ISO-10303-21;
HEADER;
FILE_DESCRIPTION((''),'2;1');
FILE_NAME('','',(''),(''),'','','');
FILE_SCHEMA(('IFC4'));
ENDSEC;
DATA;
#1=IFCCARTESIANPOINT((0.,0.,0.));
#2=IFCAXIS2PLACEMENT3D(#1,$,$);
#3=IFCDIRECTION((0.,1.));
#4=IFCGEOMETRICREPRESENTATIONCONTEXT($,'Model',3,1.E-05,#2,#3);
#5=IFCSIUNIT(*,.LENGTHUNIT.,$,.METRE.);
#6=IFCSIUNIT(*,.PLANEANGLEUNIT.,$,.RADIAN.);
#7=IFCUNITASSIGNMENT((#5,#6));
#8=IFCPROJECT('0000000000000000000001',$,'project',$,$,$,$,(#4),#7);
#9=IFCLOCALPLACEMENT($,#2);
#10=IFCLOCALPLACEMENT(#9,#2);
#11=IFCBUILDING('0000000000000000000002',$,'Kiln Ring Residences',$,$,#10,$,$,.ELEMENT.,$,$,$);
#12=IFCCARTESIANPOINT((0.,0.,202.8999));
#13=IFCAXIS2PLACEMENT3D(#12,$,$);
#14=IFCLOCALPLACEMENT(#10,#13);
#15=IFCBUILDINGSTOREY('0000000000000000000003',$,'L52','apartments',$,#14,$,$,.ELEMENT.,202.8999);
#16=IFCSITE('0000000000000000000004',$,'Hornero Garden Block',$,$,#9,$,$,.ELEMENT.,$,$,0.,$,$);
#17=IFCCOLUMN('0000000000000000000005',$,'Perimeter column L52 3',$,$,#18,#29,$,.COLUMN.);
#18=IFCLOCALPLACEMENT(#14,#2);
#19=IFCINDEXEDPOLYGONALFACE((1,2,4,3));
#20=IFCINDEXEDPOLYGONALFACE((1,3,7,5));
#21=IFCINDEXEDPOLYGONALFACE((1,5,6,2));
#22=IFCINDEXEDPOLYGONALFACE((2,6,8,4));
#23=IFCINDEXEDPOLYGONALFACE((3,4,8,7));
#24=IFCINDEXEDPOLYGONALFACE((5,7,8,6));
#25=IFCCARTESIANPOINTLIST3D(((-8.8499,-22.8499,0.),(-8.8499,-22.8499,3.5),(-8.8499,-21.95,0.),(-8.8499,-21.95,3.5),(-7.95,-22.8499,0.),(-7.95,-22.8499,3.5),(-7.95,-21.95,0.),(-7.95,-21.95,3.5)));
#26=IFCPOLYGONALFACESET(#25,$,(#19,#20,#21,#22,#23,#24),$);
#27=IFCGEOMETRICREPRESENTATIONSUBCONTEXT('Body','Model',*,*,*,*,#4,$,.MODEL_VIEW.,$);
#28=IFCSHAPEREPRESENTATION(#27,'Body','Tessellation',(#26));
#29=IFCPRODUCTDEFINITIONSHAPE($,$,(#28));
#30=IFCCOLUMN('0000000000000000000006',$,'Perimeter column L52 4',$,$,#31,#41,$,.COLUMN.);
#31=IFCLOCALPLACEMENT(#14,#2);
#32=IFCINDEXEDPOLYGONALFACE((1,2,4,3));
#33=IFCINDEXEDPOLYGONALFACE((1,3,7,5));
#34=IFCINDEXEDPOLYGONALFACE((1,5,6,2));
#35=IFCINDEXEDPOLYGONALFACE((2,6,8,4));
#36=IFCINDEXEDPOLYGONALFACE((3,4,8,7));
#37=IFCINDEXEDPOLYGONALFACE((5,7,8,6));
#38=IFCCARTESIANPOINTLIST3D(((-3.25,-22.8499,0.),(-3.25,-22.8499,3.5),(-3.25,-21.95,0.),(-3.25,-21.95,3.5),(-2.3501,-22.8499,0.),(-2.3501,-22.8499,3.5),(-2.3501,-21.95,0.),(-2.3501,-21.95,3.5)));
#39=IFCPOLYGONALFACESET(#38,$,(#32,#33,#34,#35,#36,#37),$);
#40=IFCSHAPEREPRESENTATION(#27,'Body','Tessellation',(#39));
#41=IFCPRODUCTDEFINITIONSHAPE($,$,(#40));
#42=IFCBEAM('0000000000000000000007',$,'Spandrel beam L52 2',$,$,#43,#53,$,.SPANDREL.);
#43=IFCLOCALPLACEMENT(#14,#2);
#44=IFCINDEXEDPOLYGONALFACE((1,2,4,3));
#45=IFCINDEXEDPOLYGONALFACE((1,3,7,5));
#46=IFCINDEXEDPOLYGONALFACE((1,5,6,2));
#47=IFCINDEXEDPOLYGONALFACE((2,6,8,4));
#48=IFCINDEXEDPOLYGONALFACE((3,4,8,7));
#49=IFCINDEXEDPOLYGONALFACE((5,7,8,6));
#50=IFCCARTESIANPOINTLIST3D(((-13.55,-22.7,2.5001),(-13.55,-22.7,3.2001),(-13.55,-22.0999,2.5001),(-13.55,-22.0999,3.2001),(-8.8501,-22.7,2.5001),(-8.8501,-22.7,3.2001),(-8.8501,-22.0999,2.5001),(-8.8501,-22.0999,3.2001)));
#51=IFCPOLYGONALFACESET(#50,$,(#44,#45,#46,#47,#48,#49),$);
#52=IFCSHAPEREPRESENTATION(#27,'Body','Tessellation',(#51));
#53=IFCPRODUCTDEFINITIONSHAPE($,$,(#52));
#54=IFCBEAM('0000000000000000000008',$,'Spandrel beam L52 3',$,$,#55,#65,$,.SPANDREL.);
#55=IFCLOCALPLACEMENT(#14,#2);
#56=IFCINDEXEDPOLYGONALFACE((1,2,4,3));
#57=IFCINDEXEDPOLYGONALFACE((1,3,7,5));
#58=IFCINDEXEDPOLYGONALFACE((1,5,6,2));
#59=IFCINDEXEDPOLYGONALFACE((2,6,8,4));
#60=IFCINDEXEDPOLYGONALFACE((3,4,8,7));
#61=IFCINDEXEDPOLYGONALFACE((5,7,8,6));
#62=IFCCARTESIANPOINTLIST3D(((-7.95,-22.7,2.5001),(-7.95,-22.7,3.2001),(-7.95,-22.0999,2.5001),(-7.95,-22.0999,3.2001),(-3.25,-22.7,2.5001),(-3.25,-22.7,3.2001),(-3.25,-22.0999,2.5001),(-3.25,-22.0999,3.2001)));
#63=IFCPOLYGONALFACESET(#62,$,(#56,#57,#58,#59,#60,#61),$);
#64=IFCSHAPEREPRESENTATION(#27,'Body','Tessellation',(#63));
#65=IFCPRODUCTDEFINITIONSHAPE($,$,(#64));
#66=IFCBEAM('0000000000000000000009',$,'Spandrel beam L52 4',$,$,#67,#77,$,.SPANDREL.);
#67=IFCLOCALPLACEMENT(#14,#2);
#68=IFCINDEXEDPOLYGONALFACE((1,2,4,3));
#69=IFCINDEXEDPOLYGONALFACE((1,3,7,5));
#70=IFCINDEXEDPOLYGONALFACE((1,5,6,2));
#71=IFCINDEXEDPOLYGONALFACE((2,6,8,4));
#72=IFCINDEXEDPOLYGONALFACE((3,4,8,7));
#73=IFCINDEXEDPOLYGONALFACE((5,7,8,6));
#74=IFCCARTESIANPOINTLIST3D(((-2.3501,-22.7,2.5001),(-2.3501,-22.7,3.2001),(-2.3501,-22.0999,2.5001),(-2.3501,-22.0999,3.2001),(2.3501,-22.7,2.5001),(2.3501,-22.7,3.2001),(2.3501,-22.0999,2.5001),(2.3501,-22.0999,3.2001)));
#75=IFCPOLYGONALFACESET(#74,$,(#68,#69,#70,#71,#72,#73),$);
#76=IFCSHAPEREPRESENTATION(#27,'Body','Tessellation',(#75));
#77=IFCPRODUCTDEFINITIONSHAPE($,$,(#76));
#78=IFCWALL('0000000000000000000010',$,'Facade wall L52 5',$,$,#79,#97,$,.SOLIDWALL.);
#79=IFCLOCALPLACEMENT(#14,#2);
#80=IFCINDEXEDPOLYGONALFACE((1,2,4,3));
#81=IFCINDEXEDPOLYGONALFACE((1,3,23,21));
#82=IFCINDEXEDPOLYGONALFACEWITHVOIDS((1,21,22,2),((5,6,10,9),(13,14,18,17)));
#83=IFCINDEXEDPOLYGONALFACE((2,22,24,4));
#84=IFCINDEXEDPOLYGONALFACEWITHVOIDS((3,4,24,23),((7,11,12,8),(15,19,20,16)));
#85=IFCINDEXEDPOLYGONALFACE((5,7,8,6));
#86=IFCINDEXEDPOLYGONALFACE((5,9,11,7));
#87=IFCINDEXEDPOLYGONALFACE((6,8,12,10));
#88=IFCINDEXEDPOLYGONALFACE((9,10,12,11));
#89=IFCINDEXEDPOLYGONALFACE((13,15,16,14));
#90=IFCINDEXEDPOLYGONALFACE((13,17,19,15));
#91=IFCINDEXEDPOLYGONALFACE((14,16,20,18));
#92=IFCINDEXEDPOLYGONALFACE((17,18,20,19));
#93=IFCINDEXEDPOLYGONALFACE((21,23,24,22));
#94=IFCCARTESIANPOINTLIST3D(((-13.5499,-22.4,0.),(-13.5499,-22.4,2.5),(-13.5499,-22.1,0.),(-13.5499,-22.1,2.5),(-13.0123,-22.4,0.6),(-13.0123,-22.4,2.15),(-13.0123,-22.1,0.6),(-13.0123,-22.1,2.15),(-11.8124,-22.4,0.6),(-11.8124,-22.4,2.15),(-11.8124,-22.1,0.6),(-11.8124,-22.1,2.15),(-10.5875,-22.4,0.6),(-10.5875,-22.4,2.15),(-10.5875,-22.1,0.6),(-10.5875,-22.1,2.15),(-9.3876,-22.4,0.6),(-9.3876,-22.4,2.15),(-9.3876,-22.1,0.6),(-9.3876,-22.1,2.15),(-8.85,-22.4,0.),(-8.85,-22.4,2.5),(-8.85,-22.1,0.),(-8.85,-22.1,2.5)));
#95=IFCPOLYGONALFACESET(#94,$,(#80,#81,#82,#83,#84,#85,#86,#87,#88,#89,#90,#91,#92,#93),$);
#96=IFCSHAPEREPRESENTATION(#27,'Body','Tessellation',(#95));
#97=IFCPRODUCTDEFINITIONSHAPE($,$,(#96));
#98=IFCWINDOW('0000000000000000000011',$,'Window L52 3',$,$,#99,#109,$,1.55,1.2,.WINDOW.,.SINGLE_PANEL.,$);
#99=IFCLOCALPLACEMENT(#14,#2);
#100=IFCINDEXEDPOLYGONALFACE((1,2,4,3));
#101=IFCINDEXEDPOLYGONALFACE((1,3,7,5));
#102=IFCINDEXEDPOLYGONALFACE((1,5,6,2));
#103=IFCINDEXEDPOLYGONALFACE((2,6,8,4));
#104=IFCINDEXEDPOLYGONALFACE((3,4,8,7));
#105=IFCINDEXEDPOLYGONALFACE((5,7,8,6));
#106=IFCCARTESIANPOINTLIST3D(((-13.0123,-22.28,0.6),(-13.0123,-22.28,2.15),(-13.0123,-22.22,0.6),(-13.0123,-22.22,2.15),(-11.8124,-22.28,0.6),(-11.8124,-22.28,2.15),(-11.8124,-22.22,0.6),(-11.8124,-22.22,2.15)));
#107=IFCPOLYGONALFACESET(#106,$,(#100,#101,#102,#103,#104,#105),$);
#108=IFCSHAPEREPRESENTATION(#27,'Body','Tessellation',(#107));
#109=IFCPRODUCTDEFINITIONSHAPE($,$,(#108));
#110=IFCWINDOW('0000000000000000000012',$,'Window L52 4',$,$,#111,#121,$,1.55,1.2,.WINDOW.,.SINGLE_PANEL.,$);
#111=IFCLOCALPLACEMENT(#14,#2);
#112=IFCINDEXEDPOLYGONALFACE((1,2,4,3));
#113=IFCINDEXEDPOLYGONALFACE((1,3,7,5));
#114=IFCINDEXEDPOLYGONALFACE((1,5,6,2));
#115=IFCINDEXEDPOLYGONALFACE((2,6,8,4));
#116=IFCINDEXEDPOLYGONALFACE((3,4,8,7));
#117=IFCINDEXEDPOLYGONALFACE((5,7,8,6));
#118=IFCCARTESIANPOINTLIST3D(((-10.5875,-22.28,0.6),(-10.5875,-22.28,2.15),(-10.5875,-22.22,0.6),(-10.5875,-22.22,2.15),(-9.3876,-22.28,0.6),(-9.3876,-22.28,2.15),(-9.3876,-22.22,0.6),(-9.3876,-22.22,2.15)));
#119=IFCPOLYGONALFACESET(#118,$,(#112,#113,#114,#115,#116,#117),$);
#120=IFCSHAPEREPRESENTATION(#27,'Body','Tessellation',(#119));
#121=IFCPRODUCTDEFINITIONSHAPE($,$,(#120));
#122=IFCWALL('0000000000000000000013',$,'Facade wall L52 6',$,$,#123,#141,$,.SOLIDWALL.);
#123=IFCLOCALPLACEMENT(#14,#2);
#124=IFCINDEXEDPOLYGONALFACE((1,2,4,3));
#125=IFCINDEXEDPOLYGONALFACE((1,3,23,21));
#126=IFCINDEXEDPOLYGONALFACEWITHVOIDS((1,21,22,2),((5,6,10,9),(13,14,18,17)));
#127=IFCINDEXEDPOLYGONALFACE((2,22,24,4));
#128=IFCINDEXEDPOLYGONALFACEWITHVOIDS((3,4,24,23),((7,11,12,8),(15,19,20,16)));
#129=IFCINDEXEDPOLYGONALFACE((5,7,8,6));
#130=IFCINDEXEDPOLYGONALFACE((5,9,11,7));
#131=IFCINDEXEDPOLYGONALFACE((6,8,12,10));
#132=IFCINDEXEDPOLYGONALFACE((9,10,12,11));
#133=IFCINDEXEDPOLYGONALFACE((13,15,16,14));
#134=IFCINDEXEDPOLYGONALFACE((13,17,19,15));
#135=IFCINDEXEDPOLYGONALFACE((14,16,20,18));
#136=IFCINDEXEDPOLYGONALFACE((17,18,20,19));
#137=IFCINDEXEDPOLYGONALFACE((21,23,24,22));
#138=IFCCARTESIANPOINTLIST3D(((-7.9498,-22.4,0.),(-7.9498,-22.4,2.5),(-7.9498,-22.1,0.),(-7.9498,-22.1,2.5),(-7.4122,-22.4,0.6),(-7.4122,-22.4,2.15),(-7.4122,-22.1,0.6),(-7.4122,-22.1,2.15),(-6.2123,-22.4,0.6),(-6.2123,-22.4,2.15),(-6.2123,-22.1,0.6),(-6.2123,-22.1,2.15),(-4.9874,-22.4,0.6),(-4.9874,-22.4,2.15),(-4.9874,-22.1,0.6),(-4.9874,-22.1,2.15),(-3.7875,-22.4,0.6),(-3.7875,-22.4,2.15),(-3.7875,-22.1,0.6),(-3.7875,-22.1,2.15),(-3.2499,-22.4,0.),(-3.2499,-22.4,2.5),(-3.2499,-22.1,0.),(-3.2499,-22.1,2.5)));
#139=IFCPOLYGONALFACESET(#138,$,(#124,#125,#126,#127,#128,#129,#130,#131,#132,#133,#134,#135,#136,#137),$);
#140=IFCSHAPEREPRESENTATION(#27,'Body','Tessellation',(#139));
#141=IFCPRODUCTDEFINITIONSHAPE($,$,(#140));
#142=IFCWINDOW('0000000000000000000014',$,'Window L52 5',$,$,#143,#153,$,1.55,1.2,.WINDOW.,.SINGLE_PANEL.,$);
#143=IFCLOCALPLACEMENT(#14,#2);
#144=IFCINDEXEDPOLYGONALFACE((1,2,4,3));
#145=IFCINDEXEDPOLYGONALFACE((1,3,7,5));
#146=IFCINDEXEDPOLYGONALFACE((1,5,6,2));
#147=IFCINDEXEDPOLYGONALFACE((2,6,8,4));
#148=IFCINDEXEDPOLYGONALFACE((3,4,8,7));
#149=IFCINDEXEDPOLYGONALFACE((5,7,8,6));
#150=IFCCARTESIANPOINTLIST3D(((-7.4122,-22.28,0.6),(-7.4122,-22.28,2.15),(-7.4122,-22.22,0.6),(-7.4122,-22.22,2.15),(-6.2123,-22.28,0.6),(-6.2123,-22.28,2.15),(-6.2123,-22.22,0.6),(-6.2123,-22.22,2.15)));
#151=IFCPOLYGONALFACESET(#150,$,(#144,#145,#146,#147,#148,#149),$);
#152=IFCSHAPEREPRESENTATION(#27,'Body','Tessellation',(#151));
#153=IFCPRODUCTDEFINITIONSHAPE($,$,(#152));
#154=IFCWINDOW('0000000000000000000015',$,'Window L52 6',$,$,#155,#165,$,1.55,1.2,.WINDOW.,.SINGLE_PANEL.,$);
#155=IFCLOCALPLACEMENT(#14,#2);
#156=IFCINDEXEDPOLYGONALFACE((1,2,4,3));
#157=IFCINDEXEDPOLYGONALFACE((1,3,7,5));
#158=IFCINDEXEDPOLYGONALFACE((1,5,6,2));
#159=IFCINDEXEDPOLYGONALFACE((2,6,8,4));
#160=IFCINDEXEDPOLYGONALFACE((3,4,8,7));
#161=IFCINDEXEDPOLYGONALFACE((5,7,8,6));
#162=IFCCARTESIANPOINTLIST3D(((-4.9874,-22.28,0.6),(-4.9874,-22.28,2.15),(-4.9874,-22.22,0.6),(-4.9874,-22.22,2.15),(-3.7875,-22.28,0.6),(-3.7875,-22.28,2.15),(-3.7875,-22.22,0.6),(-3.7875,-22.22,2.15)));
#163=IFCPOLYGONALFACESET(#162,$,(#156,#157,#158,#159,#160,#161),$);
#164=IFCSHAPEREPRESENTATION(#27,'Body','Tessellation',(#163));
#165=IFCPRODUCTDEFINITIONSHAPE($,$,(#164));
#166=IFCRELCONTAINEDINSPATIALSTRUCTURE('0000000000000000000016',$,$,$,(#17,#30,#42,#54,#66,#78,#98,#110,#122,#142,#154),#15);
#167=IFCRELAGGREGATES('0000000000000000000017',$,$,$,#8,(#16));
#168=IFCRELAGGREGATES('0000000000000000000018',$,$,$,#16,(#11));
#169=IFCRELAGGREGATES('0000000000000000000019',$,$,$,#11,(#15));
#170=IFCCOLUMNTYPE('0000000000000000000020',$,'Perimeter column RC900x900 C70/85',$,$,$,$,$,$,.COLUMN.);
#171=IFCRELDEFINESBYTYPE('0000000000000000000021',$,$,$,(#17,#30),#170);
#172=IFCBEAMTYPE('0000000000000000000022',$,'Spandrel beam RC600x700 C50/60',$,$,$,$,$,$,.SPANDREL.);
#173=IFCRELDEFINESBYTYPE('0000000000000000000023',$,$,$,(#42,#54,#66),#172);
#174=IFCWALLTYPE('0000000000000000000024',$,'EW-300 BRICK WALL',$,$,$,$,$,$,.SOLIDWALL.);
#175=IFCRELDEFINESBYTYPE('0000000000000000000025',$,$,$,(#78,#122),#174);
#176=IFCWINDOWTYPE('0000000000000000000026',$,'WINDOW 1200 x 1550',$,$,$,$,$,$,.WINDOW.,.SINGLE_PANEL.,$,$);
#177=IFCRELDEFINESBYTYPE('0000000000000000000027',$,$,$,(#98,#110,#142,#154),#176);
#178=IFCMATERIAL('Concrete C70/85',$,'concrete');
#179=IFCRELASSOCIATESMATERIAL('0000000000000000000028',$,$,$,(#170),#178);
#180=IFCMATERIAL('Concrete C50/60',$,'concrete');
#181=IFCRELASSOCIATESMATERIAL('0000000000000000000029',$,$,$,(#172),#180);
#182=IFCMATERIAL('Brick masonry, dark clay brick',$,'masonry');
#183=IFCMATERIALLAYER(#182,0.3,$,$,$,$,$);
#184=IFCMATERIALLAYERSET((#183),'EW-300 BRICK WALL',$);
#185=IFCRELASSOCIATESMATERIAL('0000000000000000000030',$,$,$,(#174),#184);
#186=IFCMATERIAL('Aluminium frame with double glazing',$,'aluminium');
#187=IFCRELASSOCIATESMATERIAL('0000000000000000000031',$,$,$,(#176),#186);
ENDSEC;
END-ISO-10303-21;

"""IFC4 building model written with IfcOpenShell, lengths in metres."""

from ifc_helpers import new_model, si_unit, direction, frame, frame_2d, origin, origin_2d, place, context, subcontext, project, spatial, rectangle, extrude, material, layer, layer_set, material_profile, profile_set, type_object, element, fill, save


model = new_model("IFC4")

# Units and contexts
model_context = context("Model", 3, precision=1e-05, world=origin(), true_north=direction((0.0, 1.0)))
body_context = subcontext(model_context, "Body", "Model", "MODEL_VIEW")
ifc_project = project(units=[si_unit("LENGTHUNIT", "METRE"), si_unit("PLANEANGLEUNIT", "RADIAN")], contexts=[model_context])

# Site, building, storey
site_placement = place(None, origin())
site = spatial("IfcSite", under=ifc_project, at=site_placement, Name="Hornero Garden Block", CompositionType="ELEMENT", RefElevation=0.0)
building_placement = place(site_placement, origin())
building = spatial("IfcBuilding", under=site, at=building_placement, Name="Kiln Ring Residences", CompositionType="ELEMENT")
storey_placement = place(building_placement, frame((0.0, 0.0, 202.8999)))
storey = spatial("IfcBuildingStorey", under=building, at=storey_placement, Name="L52", Description="apartments", CompositionType="ELEMENT", Elevation=202.8999)

# Columns
ifc_material_1 = material(Name="Concrete C70/85", Category="concrete")
ifc_material_profile_1 = material_profile(ifc_material_1, rectangle(XDim=0.8999, YDim=0.8999, at=origin_2d()), Name="RC900x900")
ifc_profile_set_1 = profile_set([ifc_material_profile_1], Name="Concrete C70/85")
column_type = type_object("IfcColumnType", Name="Perimeter column RC900x900 C70/85", PredefinedType="COLUMN", material=ifc_profile_set_1)
for number, where, z_axis, x_axis, name in (
    (1, (-8.3999, -22.3999, 0.0), (0.0, 0.0, 1.0), (1.0, 0.0, 0.0), "Perimeter column L52 3"),
    (2, (-2.8, -22.3999, 0.0), (0.0, 0.0, 1.0), (1.0, 0.0, 0.0), "Perimeter column L52 4"),
):
    element("IfcColumn", number, at=place(storey_placement, frame(where, z_axis=z_axis, x_axis=x_axis)), inside=storey, type_object=column_type, Name=name, PredefinedType="COLUMN", context=body_context, shape_type="SweptSolid", body=[
        extrude(rectangle(XDim=0.8999, YDim=0.8999, at=origin_2d()), origin(), (0.0, 0.0, 1.0), 3.5),
    ])

# Beams
ifc_material_2 = material(Name="Concrete C50/60", Category="concrete")
ifc_material_profile_2 = material_profile(ifc_material_2, rectangle(XDim=0.6001, YDim=0.7, at=origin_2d()), Name="RC600x700")
ifc_profile_set_2 = profile_set([ifc_material_profile_2], Name="Concrete C50/60")
beam_type = type_object("IfcBeamType", Name="Spandrel beam RC600x700 C50/60", PredefinedType="SPANDREL", material=ifc_profile_set_2)
for number, where, z_axis, x_axis, name in (
    (3, (-13.55, -22.3999, 2.8501), (1.0, 0.0, 0.0), (0.0, 1.0, 0.0), "Spandrel beam L52 2"),
    (4, (-7.95, -22.3999, 2.8501), (1.0, 0.0, 0.0), (0.0, 1.0, 0.0), "Spandrel beam L52 3"),
):
    element("IfcBeam", number, at=place(storey_placement, frame(where, z_axis=z_axis, x_axis=x_axis)), inside=storey, type_object=beam_type, Name=name, PredefinedType="SPANDREL", context=body_context, shape_type="SweptSolid", body=[
        extrude(rectangle(XDim=0.6001, YDim=0.7, at=origin_2d()), origin(), (0.0, 0.0, 1.0), 4.7),
    ])
beam_placement = place(storey_placement, frame((-2.3501, -22.3999, 2.8501), z_axis=(1.0, 0.0, 0.0), x_axis=(0.0, 1.0, 0.0)))
element("IfcBeam", 5, at=beam_placement, inside=storey, type_object=beam_type, Name="Spandrel beam L52 4", PredefinedType="SPANDREL", context=body_context, shape_type="SweptSolid", body=[
    extrude(rectangle(XDim=0.6001, YDim=0.7, at=origin_2d()), origin(), (0.0, 0.0, 1.0), 4.7002),
])

# Walls, openings, windows
ifc_material_3 = material(Name="Brick masonry, dark clay brick", Category="masonry")
ifc_layer_1 = layer(ifc_material_3, 0.3)
ifc_layer_set_1 = layer_set([ifc_layer_1], Name="EW-300 BRICK WALL")
wall_type_1 = type_object("IfcWallType", Name="EW-300 BRICK WALL", PredefinedType="SOLIDWALL", material=ifc_layer_set_1)
wall_1_placement = place(storey_placement, frame((-13.55, -22.25, 0.0), z_axis=(0.0, 0.0, 1.0), x_axis=(1.0, 0.0, 0.0)))
wall_1 = element("IfcWall", 6, at=wall_1_placement, inside=storey, type_object=wall_type_1, Name="Facade wall L52 5", PredefinedType="SOLIDWALL", context=body_context, shape_type="SweptSolid", body=[
    extrude(rectangle(XDim=4.7, YDim=0.3, at=frame_2d((2.3501, 0.0))), origin(), (0.0, 0.0, 1.0), 2.5),
])
opening_1_placement = place(wall_1_placement, frame((0.5376, 0.0, 0.6001)))
opening_1 = element("IfcOpeningElement", 7, at=opening_1_placement, cuts=wall_1, PredefinedType="OPENING", context=body_context, shape_type="SweptSolid", body=[
    extrude(rectangle(XDim=1.2, YDim=1.55, at=frame_2d((0.6001, 0.7749))), frame((0.0, 0.1599, 0.0), z_axis=(0.0, -1.0, 0.0), x_axis=(1.0, 0.0, 0.0)), (0.0, 0.0, 1.0), 0.3201),
])
opening_2_placement = place(wall_1_placement, frame((2.9624, 0.0, 0.6001)))
opening_2 = element("IfcOpeningElement", 8, at=opening_2_placement, cuts=wall_1, PredefinedType="OPENING", context=body_context, shape_type="SweptSolid", body=[
    extrude(rectangle(XDim=1.2, YDim=1.55, at=frame_2d((0.6001, 0.7749))), frame((0.0, 0.1599, 0.0), z_axis=(0.0, -1.0, 0.0), x_axis=(1.0, 0.0, 0.0)), (0.0, 0.0, 1.0), 0.3201),
])
ifc_material_4 = material(Name="Aluminium frame with double glazing", Category="aluminium")
window_type = type_object("IfcWindowType", Name="WINDOW 1200 x 1550", PartitioningType="SINGLE_PANEL", PredefinedType="WINDOW", material=ifc_material_4)
window_1_placement = place(opening_1_placement, origin())
window_1 = element("IfcWindow", 9, at=window_1_placement, inside=storey, type_object=window_type, Name="Window L52 3", OverallHeight=1.55, OverallWidth=1.2, PartitioningType="SINGLE_PANEL", PredefinedType="WINDOW", context=body_context, shape_type="SweptSolid", body=[
    extrude(rectangle(XDim=1.2, YDim=1.55, at=frame_2d((0.6001, 0.7749))), frame((0.0, 0.03, 0.0), z_axis=(0.0, -1.0, 0.0), x_axis=(1.0, 0.0, 0.0)), (0.0, 0.0, 1.0), 0.0601),
])
fill(opening_1, window_1)
window_2_placement = place(opening_2_placement, origin())
window_2 = element("IfcWindow", 10, at=window_2_placement, inside=storey, type_object=window_type, Name="Window L52 4", OverallHeight=1.55, OverallWidth=1.2, PartitioningType="SINGLE_PANEL", PredefinedType="WINDOW", context=body_context, shape_type="SweptSolid", body=[
    extrude(rectangle(XDim=1.2, YDim=1.55, at=frame_2d((0.6001, 0.7749))), frame((0.0, 0.03, 0.0), z_axis=(0.0, -1.0, 0.0), x_axis=(1.0, 0.0, 0.0)), (0.0, 0.0, 1.0), 0.0601),
])
fill(opening_2, window_2)
wall_2_placement = place(storey_placement, frame((-7.95, -22.25, 0.0), z_axis=(0.0, 0.0, 1.0), x_axis=(1.0, 0.0, 0.0)))
wall_2 = element("IfcWall", 11, at=wall_2_placement, inside=storey, type_object=wall_type_1, Name="Facade wall L52 6", PredefinedType="SOLIDWALL", context=body_context, shape_type="SweptSolid", body=[
    extrude(rectangle(XDim=4.7, YDim=0.3, at=frame_2d((2.3501, 0.0))), origin(), (0.0, 0.0, 1.0), 2.5),
])
opening_3_placement = place(wall_2_placement, frame((0.5376, 0.0, 0.6001)))
opening_3 = element("IfcOpeningElement", 12, at=opening_3_placement, cuts=wall_2, PredefinedType="OPENING", context=body_context, shape_type="SweptSolid", body=[
    extrude(rectangle(XDim=1.2, YDim=1.55, at=frame_2d((0.6001, 0.7749))), frame((0.0, 0.1599, 0.0), z_axis=(0.0, -1.0, 0.0), x_axis=(1.0, 0.0, 0.0)), (0.0, 0.0, 1.0), 0.3201),
])
opening_4_placement = place(wall_2_placement, frame((2.9624, 0.0, 0.6001)))
opening_4 = element("IfcOpeningElement", 13, at=opening_4_placement, cuts=wall_2, PredefinedType="OPENING", context=body_context, shape_type="SweptSolid", body=[
    extrude(rectangle(XDim=1.2, YDim=1.55, at=frame_2d((0.6001, 0.7749))), frame((0.0, 0.1599, 0.0), z_axis=(0.0, -1.0, 0.0), x_axis=(1.0, 0.0, 0.0)), (0.0, 0.0, 1.0), 0.3201),
])
window_3_placement = place(opening_3_placement, origin())
window_3 = element("IfcWindow", 14, at=window_3_placement, inside=storey, type_object=window_type, Name="Window L52 5", OverallHeight=1.55, OverallWidth=1.2, PartitioningType="SINGLE_PANEL", PredefinedType="WINDOW", context=body_context, shape_type="SweptSolid", body=[
    extrude(rectangle(XDim=1.2, YDim=1.55, at=frame_2d((0.6001, 0.7749))), frame((0.0, 0.03, 0.0), z_axis=(0.0, -1.0, 0.0), x_axis=(1.0, 0.0, 0.0)), (0.0, 0.0, 1.0), 0.0601),
])
fill(opening_3, window_3)
window_4_placement = place(opening_4_placement, origin())
window_4 = element("IfcWindow", 15, at=window_4_placement, inside=storey, type_object=window_type, Name="Window L52 6", OverallHeight=1.55, OverallWidth=1.2, PartitioningType="SINGLE_PANEL", PredefinedType="WINDOW", context=body_context, shape_type="SweptSolid", body=[
    extrude(rectangle(XDim=1.2, YDim=1.55, at=frame_2d((0.6001, 0.7749))), frame((0.0, 0.03, 0.0), z_axis=(0.0, -1.0, 0.0), x_axis=(1.0, 0.0, 0.0)), (0.0, 0.0, 1.0), 0.0601),
])
fill(opening_4, window_4)

save(model, "model.ifc")
